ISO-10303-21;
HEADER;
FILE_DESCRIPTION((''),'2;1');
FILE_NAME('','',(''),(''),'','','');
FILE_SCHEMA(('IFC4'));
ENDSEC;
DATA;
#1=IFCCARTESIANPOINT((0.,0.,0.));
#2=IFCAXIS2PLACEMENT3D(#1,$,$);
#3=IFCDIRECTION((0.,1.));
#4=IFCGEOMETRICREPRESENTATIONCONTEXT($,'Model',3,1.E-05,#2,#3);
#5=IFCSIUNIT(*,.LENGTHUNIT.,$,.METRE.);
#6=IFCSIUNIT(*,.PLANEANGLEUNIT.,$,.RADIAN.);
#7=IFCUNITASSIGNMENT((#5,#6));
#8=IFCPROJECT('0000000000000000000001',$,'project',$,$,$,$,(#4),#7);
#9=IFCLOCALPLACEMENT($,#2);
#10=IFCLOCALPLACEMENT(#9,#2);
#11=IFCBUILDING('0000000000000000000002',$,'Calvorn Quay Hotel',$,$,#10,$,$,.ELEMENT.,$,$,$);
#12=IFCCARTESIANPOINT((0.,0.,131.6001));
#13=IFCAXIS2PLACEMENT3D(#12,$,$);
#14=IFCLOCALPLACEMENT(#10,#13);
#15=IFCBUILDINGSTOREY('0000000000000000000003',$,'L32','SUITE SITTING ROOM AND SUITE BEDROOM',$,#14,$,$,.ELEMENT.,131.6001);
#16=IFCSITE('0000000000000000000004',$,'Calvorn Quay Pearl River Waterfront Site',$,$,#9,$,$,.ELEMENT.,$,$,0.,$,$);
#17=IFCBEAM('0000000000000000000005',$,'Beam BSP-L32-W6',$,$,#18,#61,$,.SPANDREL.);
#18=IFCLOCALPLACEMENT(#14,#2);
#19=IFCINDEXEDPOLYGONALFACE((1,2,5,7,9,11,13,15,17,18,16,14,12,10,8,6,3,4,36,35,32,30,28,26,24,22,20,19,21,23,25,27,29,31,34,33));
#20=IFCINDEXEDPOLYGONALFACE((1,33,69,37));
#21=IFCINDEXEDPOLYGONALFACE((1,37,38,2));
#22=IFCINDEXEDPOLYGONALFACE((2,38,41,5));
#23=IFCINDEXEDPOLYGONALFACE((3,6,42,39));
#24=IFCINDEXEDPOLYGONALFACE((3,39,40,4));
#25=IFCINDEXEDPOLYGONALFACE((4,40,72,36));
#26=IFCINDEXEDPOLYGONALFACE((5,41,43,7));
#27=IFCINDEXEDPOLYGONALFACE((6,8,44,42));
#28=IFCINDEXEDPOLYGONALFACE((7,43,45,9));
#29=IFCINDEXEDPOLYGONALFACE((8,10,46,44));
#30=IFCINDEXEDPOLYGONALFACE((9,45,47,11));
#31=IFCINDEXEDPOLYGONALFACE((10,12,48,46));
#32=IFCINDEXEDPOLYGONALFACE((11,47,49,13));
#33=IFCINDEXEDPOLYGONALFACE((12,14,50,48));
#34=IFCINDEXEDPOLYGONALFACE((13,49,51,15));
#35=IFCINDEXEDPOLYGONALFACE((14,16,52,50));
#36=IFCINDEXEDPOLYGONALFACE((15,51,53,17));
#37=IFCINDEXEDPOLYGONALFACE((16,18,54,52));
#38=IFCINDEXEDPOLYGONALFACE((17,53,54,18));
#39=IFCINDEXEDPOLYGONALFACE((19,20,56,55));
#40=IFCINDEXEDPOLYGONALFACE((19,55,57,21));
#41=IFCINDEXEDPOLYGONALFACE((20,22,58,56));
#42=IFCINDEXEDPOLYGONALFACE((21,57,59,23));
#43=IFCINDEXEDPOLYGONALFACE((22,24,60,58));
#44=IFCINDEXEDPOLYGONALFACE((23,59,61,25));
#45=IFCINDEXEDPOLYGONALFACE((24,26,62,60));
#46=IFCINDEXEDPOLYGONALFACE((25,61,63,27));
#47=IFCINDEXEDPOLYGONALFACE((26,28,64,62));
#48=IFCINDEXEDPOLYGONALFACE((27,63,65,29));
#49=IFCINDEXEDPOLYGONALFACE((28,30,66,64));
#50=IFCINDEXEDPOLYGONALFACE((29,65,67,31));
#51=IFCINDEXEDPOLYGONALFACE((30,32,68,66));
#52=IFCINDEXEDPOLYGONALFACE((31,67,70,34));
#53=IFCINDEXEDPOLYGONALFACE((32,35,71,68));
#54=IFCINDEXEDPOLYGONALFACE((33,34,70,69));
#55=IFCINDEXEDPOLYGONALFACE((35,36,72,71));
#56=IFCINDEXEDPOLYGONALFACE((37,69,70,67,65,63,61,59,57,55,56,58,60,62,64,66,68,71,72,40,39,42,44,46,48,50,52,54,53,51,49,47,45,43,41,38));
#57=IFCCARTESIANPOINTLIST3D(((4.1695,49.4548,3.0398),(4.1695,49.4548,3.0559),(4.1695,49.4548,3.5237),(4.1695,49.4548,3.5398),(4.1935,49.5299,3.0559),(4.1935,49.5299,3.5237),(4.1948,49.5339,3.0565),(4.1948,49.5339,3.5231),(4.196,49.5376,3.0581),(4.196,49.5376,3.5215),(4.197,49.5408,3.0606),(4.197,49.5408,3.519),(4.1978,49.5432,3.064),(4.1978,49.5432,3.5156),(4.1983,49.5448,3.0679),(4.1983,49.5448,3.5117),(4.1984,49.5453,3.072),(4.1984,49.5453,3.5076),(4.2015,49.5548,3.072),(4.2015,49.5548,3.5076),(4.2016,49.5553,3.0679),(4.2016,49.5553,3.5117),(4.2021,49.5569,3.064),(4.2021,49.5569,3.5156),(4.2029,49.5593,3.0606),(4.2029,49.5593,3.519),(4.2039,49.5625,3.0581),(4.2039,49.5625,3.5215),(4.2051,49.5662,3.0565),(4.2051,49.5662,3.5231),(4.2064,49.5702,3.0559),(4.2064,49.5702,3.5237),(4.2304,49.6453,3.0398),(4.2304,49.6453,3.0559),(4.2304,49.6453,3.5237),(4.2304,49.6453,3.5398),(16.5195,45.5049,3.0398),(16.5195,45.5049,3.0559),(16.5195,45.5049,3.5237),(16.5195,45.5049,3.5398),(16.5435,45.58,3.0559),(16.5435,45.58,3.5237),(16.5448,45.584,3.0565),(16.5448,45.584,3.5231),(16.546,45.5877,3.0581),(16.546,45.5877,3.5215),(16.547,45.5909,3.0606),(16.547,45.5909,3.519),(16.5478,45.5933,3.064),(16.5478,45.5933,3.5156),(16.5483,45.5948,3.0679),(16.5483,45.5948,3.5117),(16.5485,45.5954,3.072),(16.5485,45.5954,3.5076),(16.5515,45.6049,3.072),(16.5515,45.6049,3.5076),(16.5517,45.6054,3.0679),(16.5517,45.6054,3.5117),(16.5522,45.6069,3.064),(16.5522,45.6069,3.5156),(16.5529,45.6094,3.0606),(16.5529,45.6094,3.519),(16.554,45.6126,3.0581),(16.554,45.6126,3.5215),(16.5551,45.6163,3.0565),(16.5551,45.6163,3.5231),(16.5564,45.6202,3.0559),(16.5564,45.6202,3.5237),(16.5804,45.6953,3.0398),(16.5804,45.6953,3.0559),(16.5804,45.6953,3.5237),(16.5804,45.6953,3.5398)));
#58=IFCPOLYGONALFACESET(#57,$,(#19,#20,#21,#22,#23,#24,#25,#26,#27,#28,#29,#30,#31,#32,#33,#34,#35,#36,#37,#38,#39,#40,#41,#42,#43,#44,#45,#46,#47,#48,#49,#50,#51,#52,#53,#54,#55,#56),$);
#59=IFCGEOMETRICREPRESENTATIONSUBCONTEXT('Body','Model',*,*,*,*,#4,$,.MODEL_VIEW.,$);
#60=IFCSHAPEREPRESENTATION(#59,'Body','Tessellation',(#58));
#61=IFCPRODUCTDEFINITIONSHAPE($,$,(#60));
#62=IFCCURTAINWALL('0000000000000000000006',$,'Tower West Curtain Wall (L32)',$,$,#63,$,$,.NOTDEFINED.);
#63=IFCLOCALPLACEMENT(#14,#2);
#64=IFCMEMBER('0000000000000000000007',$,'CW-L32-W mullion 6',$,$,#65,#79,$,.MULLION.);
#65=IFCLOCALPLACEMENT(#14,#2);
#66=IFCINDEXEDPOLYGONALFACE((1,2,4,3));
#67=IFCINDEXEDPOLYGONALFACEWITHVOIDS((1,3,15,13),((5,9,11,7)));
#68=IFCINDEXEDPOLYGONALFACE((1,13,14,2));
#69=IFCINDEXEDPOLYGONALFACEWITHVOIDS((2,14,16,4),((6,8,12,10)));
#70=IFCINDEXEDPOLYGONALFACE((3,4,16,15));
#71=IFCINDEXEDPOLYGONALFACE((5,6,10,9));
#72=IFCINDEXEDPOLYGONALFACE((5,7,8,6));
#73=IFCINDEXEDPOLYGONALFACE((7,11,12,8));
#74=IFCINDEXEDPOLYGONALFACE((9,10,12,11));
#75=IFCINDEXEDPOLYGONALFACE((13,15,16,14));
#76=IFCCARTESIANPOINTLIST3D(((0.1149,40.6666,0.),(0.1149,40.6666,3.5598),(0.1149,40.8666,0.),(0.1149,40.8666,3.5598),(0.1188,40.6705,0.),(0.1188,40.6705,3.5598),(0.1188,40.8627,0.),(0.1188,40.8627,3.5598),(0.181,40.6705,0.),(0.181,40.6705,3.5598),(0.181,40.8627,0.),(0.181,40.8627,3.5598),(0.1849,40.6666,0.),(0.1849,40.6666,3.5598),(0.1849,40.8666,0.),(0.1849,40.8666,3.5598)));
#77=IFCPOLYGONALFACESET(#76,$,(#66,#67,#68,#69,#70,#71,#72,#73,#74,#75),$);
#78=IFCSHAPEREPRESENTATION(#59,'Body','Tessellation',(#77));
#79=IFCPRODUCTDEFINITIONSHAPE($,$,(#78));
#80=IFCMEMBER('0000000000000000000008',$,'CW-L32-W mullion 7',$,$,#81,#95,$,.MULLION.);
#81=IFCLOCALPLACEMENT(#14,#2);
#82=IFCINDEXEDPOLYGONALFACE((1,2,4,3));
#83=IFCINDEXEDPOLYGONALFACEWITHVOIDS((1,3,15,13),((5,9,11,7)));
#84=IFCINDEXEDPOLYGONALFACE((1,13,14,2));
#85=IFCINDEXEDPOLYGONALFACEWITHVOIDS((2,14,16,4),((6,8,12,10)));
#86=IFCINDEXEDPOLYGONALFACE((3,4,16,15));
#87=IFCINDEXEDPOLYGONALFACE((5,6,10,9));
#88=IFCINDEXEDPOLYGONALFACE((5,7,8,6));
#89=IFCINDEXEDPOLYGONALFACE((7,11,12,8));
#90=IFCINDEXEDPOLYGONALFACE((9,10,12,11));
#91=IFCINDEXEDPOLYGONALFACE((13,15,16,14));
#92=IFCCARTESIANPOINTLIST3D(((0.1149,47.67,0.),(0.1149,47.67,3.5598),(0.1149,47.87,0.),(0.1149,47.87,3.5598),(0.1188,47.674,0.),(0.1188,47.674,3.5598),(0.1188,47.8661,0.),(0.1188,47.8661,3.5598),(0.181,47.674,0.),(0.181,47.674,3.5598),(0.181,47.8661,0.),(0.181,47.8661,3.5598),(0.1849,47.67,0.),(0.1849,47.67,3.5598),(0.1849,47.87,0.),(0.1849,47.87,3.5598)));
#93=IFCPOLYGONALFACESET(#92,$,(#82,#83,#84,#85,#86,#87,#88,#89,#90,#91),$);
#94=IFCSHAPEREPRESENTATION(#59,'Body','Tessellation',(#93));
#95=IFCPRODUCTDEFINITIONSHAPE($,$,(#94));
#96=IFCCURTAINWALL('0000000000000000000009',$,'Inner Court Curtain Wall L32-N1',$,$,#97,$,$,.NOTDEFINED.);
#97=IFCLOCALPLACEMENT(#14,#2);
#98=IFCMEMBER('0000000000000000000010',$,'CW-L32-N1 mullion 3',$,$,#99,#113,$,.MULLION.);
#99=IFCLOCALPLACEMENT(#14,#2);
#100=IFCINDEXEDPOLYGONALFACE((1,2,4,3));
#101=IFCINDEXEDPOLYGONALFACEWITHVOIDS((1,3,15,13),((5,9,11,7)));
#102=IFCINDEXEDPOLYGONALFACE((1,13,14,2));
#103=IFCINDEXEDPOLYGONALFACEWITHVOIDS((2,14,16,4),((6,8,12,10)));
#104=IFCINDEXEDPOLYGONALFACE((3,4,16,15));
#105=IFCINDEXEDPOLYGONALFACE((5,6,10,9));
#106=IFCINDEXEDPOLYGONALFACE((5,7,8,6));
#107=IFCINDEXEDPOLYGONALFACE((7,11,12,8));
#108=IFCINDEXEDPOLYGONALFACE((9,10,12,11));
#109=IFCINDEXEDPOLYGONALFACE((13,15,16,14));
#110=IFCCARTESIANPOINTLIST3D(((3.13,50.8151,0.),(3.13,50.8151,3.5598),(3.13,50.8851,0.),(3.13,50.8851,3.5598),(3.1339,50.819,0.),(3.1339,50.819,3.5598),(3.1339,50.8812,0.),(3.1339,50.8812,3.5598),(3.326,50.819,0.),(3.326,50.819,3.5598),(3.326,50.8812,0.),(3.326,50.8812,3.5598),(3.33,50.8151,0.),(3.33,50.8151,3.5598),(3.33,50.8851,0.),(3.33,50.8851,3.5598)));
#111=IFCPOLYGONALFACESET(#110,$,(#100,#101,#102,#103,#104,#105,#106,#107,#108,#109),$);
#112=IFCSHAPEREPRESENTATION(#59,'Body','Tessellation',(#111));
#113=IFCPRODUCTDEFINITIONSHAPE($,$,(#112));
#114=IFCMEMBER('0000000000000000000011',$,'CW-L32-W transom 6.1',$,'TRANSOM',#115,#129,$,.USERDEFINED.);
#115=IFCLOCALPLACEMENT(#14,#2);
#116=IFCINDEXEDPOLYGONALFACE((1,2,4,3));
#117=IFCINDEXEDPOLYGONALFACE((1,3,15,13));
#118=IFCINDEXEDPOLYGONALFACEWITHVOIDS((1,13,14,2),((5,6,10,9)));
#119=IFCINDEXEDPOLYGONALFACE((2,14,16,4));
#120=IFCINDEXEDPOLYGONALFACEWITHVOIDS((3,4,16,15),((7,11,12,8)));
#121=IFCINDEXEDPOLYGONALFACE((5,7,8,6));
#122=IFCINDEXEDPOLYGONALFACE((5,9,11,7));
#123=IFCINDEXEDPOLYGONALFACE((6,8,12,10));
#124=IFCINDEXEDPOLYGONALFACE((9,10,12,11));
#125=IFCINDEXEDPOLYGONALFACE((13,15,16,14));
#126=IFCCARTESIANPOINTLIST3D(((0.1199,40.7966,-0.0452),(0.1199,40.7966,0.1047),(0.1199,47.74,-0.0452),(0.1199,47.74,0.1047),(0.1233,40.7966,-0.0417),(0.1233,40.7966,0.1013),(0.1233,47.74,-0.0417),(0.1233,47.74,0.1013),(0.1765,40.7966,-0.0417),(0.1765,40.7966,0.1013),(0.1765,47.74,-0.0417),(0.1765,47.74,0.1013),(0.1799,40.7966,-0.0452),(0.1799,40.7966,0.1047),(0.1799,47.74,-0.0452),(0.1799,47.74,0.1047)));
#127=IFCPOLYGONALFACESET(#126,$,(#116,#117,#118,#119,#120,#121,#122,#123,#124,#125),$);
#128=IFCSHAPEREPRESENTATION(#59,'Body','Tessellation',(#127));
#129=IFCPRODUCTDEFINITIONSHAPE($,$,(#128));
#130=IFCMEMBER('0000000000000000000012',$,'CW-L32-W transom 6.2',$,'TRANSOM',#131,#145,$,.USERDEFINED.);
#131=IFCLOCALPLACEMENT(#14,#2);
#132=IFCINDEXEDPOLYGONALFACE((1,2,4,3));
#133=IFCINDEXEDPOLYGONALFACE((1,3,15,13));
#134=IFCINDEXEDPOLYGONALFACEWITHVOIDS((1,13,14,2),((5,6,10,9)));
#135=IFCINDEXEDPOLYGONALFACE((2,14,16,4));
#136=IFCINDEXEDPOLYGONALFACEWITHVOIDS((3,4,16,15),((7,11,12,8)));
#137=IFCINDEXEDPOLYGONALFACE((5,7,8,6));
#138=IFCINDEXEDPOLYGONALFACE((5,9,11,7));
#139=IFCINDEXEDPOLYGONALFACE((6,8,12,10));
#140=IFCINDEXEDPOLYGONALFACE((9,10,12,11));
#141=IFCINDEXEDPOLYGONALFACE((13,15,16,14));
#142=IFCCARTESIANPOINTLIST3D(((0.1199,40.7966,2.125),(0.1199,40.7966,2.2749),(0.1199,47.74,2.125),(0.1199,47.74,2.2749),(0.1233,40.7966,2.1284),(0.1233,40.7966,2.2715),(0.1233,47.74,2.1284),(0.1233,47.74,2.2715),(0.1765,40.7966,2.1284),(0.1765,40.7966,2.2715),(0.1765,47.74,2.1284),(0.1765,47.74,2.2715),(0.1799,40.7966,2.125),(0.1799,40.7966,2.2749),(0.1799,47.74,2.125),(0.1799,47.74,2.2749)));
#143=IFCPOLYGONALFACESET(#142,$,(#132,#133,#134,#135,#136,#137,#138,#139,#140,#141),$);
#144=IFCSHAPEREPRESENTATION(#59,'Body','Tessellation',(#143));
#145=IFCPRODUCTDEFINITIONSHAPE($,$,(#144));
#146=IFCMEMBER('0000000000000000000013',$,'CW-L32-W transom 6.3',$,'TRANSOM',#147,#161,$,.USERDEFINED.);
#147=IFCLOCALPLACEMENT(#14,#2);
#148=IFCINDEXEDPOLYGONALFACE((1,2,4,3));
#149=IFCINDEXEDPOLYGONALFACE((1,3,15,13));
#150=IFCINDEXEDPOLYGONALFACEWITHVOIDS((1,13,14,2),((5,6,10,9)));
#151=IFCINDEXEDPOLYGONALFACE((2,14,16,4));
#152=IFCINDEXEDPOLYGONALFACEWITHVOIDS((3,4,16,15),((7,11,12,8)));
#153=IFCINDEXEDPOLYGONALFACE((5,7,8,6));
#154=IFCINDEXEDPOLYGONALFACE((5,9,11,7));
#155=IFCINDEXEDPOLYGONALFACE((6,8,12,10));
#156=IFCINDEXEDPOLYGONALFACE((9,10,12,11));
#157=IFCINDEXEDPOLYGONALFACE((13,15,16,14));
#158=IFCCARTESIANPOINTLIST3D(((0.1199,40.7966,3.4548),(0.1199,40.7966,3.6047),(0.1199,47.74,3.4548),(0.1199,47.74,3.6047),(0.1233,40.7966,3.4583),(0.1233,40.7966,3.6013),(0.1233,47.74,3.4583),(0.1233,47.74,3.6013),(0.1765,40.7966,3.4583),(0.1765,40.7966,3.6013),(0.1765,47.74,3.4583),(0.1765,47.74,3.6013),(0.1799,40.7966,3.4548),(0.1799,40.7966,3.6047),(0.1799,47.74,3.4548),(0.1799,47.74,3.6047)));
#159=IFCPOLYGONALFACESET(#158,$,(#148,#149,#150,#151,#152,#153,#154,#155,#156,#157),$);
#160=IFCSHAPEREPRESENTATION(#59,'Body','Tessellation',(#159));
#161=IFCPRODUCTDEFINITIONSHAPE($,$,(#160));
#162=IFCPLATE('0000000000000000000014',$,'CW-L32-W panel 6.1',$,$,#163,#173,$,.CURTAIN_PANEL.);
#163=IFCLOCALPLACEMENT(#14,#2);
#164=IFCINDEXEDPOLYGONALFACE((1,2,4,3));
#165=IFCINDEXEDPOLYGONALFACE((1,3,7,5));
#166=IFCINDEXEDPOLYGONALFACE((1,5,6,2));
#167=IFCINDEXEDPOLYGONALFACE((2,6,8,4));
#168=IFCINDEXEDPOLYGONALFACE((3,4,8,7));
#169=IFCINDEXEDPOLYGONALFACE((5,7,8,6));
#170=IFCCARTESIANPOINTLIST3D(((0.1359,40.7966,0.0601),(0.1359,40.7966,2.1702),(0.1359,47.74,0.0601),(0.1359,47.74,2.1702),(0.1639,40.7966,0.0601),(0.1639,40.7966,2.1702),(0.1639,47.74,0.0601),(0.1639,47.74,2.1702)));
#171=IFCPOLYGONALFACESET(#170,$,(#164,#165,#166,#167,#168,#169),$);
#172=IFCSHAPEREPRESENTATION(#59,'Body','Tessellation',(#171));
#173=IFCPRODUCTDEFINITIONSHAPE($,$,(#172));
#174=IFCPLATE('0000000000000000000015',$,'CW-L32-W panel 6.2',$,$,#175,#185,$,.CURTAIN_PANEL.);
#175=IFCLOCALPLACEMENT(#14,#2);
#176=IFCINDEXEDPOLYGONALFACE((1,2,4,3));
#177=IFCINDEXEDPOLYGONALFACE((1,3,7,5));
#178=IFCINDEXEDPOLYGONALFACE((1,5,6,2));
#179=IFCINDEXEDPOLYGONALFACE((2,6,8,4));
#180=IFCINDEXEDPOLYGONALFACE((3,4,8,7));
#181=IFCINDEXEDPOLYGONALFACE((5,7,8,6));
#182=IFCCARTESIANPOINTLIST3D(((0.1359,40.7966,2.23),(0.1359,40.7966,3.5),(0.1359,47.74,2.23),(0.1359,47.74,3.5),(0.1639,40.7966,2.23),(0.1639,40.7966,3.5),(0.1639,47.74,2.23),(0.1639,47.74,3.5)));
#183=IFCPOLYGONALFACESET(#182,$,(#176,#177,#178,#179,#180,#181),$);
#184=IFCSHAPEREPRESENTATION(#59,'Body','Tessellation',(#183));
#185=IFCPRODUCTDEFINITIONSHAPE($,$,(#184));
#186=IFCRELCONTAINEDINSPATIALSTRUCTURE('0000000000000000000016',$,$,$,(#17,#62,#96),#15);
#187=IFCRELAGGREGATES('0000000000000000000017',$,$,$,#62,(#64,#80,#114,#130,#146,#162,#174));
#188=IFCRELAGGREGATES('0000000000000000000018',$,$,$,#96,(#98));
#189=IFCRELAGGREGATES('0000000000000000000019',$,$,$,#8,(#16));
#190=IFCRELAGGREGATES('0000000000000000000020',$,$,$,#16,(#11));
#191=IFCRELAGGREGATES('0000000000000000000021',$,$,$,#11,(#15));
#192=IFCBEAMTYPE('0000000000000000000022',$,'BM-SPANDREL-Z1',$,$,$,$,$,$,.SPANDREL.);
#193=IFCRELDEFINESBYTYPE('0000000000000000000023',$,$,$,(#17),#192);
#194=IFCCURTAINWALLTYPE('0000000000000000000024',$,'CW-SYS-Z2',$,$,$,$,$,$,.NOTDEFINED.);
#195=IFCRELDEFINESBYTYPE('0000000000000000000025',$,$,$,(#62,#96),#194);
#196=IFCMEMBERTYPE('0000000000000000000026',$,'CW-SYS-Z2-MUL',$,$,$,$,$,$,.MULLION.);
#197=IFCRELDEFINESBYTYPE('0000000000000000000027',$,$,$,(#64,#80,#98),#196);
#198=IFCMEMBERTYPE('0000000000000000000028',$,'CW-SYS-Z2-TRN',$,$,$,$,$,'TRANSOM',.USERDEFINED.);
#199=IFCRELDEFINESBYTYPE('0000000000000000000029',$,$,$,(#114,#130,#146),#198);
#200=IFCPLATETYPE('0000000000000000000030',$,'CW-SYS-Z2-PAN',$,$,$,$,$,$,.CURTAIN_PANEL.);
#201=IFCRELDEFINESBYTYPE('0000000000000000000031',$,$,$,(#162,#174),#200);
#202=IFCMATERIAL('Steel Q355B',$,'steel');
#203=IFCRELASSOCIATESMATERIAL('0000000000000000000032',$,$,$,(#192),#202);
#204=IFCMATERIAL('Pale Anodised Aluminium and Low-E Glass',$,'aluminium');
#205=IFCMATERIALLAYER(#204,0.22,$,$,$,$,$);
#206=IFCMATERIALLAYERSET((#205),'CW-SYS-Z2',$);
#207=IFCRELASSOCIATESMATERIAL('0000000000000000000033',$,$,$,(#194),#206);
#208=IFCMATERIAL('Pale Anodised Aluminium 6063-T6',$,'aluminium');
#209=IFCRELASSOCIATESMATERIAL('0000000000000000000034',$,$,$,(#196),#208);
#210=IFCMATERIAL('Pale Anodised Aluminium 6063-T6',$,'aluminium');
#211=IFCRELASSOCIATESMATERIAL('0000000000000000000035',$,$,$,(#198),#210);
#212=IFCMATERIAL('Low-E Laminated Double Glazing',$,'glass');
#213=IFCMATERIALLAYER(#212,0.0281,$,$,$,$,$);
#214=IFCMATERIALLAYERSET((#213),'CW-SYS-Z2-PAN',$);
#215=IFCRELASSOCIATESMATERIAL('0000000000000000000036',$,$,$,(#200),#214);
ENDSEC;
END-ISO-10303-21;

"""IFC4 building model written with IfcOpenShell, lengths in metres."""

from ifc_helpers import new_model, si_unit, direction, frame, origin, origin_2d, place, context, subcontext, project, spatial, rectangle, hollow_rectangle, i_section, extrude, material, layer, layer_set, material_profile, profile_set, type_object, element, aggregate, save


model = new_model("IFC4")

# Units and contexts
model_context = context("Model", 3, precision=1e-05, world=origin(), true_north=direction((0.0, 1.0)))
body_context = subcontext(model_context, "Body", "Model", "MODEL_VIEW")
ifc_project = project(units=[si_unit("LENGTHUNIT", "METRE"), si_unit("PLANEANGLEUNIT", "RADIAN")], contexts=[model_context])

# Site, building, storey
site_placement = place(None, origin())
site = spatial("IfcSite", under=ifc_project, at=site_placement, Name="Calvorn Quay Pearl River Waterfront Site", CompositionType="ELEMENT", RefElevation=0.0)
building_placement = place(site_placement, origin())
building = spatial("IfcBuilding", under=site, at=building_placement, Name="Calvorn Quay Hotel", CompositionType="ELEMENT")
storey_placement = place(building_placement, frame((0.0, 0.0, 131.6001)))
storey = spatial("IfcBuildingStorey", under=building, at=storey_placement, Name="L32", Description="SUITE SITTING ROOM AND SUITE BEDROOM", CompositionType="ELEMENT", Elevation=131.6001)

# Beam
ifc_material_1 = material(Name="Steel Q355B", Category="steel")
ifc_material_profile_1 = material_profile(ifc_material_1, i_section(OverallWidth=0.2, OverallDepth=0.5, WebThickness=0.01, FlangeThickness=0.0161, FilletRadius=0.0161, at=origin_2d()), Name="HN500x200x10x16")
ifc_profile_set_1 = profile_set([ifc_material_profile_1], Name="Steel Q355B")
beam_type_1 = type_object("IfcBeamType", Name="BM-SPANDREL-Z1", PredefinedType="SPANDREL", material=ifc_profile_set_1)
beam_1_placement = place(storey_placement, frame((4.2, 49.55, 3.2898), z_axis=(0.952471, -0.30463, 0.0), x_axis=(0.30463, 0.952471, 0.0)))
element("IfcBeam", 1, at=beam_1_placement, inside=storey, type_object=beam_type_1, Name="Beam BSP-L32-W6", PredefinedType="SPANDREL", context=body_context, shape_type="SweptSolid", body=[
    extrude(i_section(OverallWidth=0.2, OverallDepth=0.5, WebThickness=0.01, FlangeThickness=0.0161, FilletRadius=0.0161, at=origin_2d()), origin(), (0.0, 0.0, 1.0), 12.9663),
])

# Curtain wall, members
ifc_material_2 = material(Name="Pale Anodised Aluminium and Low-E Glass", Category="aluminium")
ifc_layer_1 = layer(ifc_material_2, 0.22)
ifc_layer_set_1 = layer_set([ifc_layer_1], Name="CW-SYS-Z2")
curtain_wall_type = type_object("IfcCurtainWallType", Name="CW-SYS-Z2", PredefinedType="NOTDEFINED", material=ifc_layer_set_1)
curtain_wall_1_placement = place(storey_placement, origin())
curtain_wall_1 = element("IfcCurtainWall", 2, at=curtain_wall_1_placement, inside=storey, type_object=curtain_wall_type, Name="Tower West Curtain Wall (L32)", PredefinedType="NOTDEFINED")
ifc_material_3 = material(Name="Pale Anodised Aluminium 6063-T6", Category="aluminium")
ifc_material_profile_2 = material_profile(ifc_material_3, hollow_rectangle(XDim=0.0701, YDim=0.2, WallThickness=0.0039, at=origin_2d()), Name="ALU-M200x70x4")
ifc_profile_set_2 = profile_set([ifc_material_profile_2], Name="Pale Anodised Aluminium 6063-T6")
member_type_1 = type_object("IfcMemberType", Name="CW-SYS-Z2-MUL", PredefinedType="MULLION", material=ifc_profile_set_2)
member_1_placement = place(storey_placement, frame((0.1499, 40.7666, 0.0), z_axis=(0.0, 0.0, 1.0), x_axis=(-1.0, 0.0, 0.0)))
member_1 = element("IfcMember", 3, at=member_1_placement, type_object=member_type_1, Name="CW-L32-W mullion 6", PredefinedType="MULLION", context=body_context, shape_type="SweptSolid", body=[
    extrude(hollow_rectangle(XDim=0.0701, YDim=0.2, WallThickness=0.0039, at=origin_2d()), origin(), (0.0, 0.0, 1.0), 3.5598),
])
member_2_placement = place(storey_placement, frame((0.1499, 47.77, 0.0), z_axis=(0.0, 0.0, 1.0), x_axis=(-1.0, 0.0, 0.0)))
member_2 = element("IfcMember", 4, at=member_2_placement, type_object=member_type_1, Name="CW-L32-W mullion 7", PredefinedType="MULLION", context=body_context, shape_type="SweptSolid", body=[
    extrude(hollow_rectangle(XDim=0.0701, YDim=0.2, WallThickness=0.0039, at=origin_2d()), origin(), (0.0, 0.0, 1.0), 3.5598),
])

# Curtain wall, member
curtain_wall_2_placement = place(storey_placement, origin())
curtain_wall_2 = element("IfcCurtainWall", 5, at=curtain_wall_2_placement, inside=storey, type_object=curtain_wall_type, Name="Inner Court Curtain Wall L32-N1", PredefinedType="NOTDEFINED")
member_3_placement = place(storey_placement, frame((3.23, 50.8501, 0.0), z_axis=(0.0, 0.0, 1.0), x_axis=(0.0, -1.0, 0.0)))
member_3 = element("IfcMember", 6, at=member_3_placement, type_object=member_type_1, Name="CW-L32-N1 mullion 3", PredefinedType="MULLION", context=body_context, shape_type="SweptSolid", body=[
    extrude(hollow_rectangle(XDim=0.0701, YDim=0.2, WallThickness=0.0039, at=origin_2d()), origin(), (0.0, 0.0, 1.0), 3.5598),
])

# Members
ifc_material_4 = material(Name="Pale Anodised Aluminium 6063-T6", Category="aluminium")
ifc_material_profile_3 = material_profile(ifc_material_4, hollow_rectangle(XDim=0.0601, YDim=0.1499, WallThickness=0.0034, at=origin_2d()), Name="ALU-T150x60x3.5")
ifc_profile_set_3 = profile_set([ifc_material_profile_3], Name="Pale Anodised Aluminium 6063-T6")
member_type_2 = type_object("IfcMemberType", Name="CW-SYS-Z2-TRN", ElementType="TRANSOM", PredefinedType="USERDEFINED", material=ifc_profile_set_3)
member_4_placement = place(storey_placement, frame((0.1499, 40.7966, 0.0298), z_axis=(0.0, 1.0, 0.0), x_axis=(-1.0, 0.0, 0.0)))
member_4 = element("IfcMember", 7, at=member_4_placement, type_object=member_type_2, Name="CW-L32-W transom 6.1", ObjectType="TRANSOM", PredefinedType="USERDEFINED", context=body_context, shape_type="SweptSolid", body=[
    extrude(hollow_rectangle(XDim=0.0601, YDim=0.1499, WallThickness=0.0034, at=origin_2d()), origin(), (0.0, 0.0, 1.0), 6.9434),
])
member_5_placement = place(storey_placement, frame((0.1499, 40.7966, 2.2), z_axis=(0.0, 1.0, 0.0), x_axis=(-1.0, 0.0, 0.0)))
member_5 = element("IfcMember", 8, at=member_5_placement, type_object=member_type_2, Name="CW-L32-W transom 6.2", ObjectType="TRANSOM", PredefinedType="USERDEFINED", context=body_context, shape_type="SweptSolid", body=[
    extrude(hollow_rectangle(XDim=0.0601, YDim=0.1499, WallThickness=0.0034, at=origin_2d()), origin(), (0.0, 0.0, 1.0), 6.9434),
])
member_6_placement = place(storey_placement, frame((0.1499, 40.7966, 3.5298), z_axis=(0.0, 1.0, 0.0), x_axis=(-1.0, 0.0, 0.0)))
member_6 = element("IfcMember", 9, at=member_6_placement, type_object=member_type_2, Name="CW-L32-W transom 6.3", ObjectType="TRANSOM", PredefinedType="USERDEFINED", context=body_context, shape_type="SweptSolid", body=[
    extrude(hollow_rectangle(XDim=0.0601, YDim=0.1499, WallThickness=0.0034, at=origin_2d()), origin(), (0.0, 0.0, 1.0), 6.9434),
])

# Plates
ifc_material_5 = material(Name="Low-E Laminated Double Glazing", Category="glass")
ifc_layer_2 = layer(ifc_material_5, 0.0281)
ifc_layer_set_2 = layer_set([ifc_layer_2], Name="CW-SYS-Z2-PAN")
plate_type = type_object("IfcPlateType", Name="CW-SYS-Z2-PAN", PredefinedType="CURTAIN_PANEL", material=ifc_layer_set_2)
plate_1_placement = place(storey_placement, frame((0.1499, 44.2683, 0.0601), z_axis=(0.0, 0.0, 1.0), x_axis=(0.0, 1.0, 0.0)))
plate_1 = element("IfcPlate", 10, at=plate_1_placement, type_object=plate_type, Name="CW-L32-W panel 6.1", PredefinedType="CURTAIN_PANEL", context=body_context, shape_type="SweptSolid", body=[
    extrude(rectangle(XDim=6.9434, YDim=0.0281, at=origin_2d()), origin(), (0.0, 0.0, 1.0), 2.1101),
])
plate_2_placement = place(storey_placement, frame((0.1499, 44.2683, 2.23), z_axis=(0.0, 0.0, 1.0), x_axis=(0.0, 1.0, 0.0)))
plate_2 = element("IfcPlate", 11, at=plate_2_placement, type_object=plate_type, Name="CW-L32-W panel 6.2", PredefinedType="CURTAIN_PANEL", context=body_context, shape_type="SweptSolid", body=[
    extrude(rectangle(XDim=6.9434, YDim=0.0281, at=origin_2d()), origin(), (0.0, 0.0, 1.0), 1.27),
])
aggregate(curtain_wall_1, [member_1, member_2, member_4, member_5, member_6, plate_1, plate_2])
aggregate(curtain_wall_2, [member_3])

save(model, "model.ifc")
